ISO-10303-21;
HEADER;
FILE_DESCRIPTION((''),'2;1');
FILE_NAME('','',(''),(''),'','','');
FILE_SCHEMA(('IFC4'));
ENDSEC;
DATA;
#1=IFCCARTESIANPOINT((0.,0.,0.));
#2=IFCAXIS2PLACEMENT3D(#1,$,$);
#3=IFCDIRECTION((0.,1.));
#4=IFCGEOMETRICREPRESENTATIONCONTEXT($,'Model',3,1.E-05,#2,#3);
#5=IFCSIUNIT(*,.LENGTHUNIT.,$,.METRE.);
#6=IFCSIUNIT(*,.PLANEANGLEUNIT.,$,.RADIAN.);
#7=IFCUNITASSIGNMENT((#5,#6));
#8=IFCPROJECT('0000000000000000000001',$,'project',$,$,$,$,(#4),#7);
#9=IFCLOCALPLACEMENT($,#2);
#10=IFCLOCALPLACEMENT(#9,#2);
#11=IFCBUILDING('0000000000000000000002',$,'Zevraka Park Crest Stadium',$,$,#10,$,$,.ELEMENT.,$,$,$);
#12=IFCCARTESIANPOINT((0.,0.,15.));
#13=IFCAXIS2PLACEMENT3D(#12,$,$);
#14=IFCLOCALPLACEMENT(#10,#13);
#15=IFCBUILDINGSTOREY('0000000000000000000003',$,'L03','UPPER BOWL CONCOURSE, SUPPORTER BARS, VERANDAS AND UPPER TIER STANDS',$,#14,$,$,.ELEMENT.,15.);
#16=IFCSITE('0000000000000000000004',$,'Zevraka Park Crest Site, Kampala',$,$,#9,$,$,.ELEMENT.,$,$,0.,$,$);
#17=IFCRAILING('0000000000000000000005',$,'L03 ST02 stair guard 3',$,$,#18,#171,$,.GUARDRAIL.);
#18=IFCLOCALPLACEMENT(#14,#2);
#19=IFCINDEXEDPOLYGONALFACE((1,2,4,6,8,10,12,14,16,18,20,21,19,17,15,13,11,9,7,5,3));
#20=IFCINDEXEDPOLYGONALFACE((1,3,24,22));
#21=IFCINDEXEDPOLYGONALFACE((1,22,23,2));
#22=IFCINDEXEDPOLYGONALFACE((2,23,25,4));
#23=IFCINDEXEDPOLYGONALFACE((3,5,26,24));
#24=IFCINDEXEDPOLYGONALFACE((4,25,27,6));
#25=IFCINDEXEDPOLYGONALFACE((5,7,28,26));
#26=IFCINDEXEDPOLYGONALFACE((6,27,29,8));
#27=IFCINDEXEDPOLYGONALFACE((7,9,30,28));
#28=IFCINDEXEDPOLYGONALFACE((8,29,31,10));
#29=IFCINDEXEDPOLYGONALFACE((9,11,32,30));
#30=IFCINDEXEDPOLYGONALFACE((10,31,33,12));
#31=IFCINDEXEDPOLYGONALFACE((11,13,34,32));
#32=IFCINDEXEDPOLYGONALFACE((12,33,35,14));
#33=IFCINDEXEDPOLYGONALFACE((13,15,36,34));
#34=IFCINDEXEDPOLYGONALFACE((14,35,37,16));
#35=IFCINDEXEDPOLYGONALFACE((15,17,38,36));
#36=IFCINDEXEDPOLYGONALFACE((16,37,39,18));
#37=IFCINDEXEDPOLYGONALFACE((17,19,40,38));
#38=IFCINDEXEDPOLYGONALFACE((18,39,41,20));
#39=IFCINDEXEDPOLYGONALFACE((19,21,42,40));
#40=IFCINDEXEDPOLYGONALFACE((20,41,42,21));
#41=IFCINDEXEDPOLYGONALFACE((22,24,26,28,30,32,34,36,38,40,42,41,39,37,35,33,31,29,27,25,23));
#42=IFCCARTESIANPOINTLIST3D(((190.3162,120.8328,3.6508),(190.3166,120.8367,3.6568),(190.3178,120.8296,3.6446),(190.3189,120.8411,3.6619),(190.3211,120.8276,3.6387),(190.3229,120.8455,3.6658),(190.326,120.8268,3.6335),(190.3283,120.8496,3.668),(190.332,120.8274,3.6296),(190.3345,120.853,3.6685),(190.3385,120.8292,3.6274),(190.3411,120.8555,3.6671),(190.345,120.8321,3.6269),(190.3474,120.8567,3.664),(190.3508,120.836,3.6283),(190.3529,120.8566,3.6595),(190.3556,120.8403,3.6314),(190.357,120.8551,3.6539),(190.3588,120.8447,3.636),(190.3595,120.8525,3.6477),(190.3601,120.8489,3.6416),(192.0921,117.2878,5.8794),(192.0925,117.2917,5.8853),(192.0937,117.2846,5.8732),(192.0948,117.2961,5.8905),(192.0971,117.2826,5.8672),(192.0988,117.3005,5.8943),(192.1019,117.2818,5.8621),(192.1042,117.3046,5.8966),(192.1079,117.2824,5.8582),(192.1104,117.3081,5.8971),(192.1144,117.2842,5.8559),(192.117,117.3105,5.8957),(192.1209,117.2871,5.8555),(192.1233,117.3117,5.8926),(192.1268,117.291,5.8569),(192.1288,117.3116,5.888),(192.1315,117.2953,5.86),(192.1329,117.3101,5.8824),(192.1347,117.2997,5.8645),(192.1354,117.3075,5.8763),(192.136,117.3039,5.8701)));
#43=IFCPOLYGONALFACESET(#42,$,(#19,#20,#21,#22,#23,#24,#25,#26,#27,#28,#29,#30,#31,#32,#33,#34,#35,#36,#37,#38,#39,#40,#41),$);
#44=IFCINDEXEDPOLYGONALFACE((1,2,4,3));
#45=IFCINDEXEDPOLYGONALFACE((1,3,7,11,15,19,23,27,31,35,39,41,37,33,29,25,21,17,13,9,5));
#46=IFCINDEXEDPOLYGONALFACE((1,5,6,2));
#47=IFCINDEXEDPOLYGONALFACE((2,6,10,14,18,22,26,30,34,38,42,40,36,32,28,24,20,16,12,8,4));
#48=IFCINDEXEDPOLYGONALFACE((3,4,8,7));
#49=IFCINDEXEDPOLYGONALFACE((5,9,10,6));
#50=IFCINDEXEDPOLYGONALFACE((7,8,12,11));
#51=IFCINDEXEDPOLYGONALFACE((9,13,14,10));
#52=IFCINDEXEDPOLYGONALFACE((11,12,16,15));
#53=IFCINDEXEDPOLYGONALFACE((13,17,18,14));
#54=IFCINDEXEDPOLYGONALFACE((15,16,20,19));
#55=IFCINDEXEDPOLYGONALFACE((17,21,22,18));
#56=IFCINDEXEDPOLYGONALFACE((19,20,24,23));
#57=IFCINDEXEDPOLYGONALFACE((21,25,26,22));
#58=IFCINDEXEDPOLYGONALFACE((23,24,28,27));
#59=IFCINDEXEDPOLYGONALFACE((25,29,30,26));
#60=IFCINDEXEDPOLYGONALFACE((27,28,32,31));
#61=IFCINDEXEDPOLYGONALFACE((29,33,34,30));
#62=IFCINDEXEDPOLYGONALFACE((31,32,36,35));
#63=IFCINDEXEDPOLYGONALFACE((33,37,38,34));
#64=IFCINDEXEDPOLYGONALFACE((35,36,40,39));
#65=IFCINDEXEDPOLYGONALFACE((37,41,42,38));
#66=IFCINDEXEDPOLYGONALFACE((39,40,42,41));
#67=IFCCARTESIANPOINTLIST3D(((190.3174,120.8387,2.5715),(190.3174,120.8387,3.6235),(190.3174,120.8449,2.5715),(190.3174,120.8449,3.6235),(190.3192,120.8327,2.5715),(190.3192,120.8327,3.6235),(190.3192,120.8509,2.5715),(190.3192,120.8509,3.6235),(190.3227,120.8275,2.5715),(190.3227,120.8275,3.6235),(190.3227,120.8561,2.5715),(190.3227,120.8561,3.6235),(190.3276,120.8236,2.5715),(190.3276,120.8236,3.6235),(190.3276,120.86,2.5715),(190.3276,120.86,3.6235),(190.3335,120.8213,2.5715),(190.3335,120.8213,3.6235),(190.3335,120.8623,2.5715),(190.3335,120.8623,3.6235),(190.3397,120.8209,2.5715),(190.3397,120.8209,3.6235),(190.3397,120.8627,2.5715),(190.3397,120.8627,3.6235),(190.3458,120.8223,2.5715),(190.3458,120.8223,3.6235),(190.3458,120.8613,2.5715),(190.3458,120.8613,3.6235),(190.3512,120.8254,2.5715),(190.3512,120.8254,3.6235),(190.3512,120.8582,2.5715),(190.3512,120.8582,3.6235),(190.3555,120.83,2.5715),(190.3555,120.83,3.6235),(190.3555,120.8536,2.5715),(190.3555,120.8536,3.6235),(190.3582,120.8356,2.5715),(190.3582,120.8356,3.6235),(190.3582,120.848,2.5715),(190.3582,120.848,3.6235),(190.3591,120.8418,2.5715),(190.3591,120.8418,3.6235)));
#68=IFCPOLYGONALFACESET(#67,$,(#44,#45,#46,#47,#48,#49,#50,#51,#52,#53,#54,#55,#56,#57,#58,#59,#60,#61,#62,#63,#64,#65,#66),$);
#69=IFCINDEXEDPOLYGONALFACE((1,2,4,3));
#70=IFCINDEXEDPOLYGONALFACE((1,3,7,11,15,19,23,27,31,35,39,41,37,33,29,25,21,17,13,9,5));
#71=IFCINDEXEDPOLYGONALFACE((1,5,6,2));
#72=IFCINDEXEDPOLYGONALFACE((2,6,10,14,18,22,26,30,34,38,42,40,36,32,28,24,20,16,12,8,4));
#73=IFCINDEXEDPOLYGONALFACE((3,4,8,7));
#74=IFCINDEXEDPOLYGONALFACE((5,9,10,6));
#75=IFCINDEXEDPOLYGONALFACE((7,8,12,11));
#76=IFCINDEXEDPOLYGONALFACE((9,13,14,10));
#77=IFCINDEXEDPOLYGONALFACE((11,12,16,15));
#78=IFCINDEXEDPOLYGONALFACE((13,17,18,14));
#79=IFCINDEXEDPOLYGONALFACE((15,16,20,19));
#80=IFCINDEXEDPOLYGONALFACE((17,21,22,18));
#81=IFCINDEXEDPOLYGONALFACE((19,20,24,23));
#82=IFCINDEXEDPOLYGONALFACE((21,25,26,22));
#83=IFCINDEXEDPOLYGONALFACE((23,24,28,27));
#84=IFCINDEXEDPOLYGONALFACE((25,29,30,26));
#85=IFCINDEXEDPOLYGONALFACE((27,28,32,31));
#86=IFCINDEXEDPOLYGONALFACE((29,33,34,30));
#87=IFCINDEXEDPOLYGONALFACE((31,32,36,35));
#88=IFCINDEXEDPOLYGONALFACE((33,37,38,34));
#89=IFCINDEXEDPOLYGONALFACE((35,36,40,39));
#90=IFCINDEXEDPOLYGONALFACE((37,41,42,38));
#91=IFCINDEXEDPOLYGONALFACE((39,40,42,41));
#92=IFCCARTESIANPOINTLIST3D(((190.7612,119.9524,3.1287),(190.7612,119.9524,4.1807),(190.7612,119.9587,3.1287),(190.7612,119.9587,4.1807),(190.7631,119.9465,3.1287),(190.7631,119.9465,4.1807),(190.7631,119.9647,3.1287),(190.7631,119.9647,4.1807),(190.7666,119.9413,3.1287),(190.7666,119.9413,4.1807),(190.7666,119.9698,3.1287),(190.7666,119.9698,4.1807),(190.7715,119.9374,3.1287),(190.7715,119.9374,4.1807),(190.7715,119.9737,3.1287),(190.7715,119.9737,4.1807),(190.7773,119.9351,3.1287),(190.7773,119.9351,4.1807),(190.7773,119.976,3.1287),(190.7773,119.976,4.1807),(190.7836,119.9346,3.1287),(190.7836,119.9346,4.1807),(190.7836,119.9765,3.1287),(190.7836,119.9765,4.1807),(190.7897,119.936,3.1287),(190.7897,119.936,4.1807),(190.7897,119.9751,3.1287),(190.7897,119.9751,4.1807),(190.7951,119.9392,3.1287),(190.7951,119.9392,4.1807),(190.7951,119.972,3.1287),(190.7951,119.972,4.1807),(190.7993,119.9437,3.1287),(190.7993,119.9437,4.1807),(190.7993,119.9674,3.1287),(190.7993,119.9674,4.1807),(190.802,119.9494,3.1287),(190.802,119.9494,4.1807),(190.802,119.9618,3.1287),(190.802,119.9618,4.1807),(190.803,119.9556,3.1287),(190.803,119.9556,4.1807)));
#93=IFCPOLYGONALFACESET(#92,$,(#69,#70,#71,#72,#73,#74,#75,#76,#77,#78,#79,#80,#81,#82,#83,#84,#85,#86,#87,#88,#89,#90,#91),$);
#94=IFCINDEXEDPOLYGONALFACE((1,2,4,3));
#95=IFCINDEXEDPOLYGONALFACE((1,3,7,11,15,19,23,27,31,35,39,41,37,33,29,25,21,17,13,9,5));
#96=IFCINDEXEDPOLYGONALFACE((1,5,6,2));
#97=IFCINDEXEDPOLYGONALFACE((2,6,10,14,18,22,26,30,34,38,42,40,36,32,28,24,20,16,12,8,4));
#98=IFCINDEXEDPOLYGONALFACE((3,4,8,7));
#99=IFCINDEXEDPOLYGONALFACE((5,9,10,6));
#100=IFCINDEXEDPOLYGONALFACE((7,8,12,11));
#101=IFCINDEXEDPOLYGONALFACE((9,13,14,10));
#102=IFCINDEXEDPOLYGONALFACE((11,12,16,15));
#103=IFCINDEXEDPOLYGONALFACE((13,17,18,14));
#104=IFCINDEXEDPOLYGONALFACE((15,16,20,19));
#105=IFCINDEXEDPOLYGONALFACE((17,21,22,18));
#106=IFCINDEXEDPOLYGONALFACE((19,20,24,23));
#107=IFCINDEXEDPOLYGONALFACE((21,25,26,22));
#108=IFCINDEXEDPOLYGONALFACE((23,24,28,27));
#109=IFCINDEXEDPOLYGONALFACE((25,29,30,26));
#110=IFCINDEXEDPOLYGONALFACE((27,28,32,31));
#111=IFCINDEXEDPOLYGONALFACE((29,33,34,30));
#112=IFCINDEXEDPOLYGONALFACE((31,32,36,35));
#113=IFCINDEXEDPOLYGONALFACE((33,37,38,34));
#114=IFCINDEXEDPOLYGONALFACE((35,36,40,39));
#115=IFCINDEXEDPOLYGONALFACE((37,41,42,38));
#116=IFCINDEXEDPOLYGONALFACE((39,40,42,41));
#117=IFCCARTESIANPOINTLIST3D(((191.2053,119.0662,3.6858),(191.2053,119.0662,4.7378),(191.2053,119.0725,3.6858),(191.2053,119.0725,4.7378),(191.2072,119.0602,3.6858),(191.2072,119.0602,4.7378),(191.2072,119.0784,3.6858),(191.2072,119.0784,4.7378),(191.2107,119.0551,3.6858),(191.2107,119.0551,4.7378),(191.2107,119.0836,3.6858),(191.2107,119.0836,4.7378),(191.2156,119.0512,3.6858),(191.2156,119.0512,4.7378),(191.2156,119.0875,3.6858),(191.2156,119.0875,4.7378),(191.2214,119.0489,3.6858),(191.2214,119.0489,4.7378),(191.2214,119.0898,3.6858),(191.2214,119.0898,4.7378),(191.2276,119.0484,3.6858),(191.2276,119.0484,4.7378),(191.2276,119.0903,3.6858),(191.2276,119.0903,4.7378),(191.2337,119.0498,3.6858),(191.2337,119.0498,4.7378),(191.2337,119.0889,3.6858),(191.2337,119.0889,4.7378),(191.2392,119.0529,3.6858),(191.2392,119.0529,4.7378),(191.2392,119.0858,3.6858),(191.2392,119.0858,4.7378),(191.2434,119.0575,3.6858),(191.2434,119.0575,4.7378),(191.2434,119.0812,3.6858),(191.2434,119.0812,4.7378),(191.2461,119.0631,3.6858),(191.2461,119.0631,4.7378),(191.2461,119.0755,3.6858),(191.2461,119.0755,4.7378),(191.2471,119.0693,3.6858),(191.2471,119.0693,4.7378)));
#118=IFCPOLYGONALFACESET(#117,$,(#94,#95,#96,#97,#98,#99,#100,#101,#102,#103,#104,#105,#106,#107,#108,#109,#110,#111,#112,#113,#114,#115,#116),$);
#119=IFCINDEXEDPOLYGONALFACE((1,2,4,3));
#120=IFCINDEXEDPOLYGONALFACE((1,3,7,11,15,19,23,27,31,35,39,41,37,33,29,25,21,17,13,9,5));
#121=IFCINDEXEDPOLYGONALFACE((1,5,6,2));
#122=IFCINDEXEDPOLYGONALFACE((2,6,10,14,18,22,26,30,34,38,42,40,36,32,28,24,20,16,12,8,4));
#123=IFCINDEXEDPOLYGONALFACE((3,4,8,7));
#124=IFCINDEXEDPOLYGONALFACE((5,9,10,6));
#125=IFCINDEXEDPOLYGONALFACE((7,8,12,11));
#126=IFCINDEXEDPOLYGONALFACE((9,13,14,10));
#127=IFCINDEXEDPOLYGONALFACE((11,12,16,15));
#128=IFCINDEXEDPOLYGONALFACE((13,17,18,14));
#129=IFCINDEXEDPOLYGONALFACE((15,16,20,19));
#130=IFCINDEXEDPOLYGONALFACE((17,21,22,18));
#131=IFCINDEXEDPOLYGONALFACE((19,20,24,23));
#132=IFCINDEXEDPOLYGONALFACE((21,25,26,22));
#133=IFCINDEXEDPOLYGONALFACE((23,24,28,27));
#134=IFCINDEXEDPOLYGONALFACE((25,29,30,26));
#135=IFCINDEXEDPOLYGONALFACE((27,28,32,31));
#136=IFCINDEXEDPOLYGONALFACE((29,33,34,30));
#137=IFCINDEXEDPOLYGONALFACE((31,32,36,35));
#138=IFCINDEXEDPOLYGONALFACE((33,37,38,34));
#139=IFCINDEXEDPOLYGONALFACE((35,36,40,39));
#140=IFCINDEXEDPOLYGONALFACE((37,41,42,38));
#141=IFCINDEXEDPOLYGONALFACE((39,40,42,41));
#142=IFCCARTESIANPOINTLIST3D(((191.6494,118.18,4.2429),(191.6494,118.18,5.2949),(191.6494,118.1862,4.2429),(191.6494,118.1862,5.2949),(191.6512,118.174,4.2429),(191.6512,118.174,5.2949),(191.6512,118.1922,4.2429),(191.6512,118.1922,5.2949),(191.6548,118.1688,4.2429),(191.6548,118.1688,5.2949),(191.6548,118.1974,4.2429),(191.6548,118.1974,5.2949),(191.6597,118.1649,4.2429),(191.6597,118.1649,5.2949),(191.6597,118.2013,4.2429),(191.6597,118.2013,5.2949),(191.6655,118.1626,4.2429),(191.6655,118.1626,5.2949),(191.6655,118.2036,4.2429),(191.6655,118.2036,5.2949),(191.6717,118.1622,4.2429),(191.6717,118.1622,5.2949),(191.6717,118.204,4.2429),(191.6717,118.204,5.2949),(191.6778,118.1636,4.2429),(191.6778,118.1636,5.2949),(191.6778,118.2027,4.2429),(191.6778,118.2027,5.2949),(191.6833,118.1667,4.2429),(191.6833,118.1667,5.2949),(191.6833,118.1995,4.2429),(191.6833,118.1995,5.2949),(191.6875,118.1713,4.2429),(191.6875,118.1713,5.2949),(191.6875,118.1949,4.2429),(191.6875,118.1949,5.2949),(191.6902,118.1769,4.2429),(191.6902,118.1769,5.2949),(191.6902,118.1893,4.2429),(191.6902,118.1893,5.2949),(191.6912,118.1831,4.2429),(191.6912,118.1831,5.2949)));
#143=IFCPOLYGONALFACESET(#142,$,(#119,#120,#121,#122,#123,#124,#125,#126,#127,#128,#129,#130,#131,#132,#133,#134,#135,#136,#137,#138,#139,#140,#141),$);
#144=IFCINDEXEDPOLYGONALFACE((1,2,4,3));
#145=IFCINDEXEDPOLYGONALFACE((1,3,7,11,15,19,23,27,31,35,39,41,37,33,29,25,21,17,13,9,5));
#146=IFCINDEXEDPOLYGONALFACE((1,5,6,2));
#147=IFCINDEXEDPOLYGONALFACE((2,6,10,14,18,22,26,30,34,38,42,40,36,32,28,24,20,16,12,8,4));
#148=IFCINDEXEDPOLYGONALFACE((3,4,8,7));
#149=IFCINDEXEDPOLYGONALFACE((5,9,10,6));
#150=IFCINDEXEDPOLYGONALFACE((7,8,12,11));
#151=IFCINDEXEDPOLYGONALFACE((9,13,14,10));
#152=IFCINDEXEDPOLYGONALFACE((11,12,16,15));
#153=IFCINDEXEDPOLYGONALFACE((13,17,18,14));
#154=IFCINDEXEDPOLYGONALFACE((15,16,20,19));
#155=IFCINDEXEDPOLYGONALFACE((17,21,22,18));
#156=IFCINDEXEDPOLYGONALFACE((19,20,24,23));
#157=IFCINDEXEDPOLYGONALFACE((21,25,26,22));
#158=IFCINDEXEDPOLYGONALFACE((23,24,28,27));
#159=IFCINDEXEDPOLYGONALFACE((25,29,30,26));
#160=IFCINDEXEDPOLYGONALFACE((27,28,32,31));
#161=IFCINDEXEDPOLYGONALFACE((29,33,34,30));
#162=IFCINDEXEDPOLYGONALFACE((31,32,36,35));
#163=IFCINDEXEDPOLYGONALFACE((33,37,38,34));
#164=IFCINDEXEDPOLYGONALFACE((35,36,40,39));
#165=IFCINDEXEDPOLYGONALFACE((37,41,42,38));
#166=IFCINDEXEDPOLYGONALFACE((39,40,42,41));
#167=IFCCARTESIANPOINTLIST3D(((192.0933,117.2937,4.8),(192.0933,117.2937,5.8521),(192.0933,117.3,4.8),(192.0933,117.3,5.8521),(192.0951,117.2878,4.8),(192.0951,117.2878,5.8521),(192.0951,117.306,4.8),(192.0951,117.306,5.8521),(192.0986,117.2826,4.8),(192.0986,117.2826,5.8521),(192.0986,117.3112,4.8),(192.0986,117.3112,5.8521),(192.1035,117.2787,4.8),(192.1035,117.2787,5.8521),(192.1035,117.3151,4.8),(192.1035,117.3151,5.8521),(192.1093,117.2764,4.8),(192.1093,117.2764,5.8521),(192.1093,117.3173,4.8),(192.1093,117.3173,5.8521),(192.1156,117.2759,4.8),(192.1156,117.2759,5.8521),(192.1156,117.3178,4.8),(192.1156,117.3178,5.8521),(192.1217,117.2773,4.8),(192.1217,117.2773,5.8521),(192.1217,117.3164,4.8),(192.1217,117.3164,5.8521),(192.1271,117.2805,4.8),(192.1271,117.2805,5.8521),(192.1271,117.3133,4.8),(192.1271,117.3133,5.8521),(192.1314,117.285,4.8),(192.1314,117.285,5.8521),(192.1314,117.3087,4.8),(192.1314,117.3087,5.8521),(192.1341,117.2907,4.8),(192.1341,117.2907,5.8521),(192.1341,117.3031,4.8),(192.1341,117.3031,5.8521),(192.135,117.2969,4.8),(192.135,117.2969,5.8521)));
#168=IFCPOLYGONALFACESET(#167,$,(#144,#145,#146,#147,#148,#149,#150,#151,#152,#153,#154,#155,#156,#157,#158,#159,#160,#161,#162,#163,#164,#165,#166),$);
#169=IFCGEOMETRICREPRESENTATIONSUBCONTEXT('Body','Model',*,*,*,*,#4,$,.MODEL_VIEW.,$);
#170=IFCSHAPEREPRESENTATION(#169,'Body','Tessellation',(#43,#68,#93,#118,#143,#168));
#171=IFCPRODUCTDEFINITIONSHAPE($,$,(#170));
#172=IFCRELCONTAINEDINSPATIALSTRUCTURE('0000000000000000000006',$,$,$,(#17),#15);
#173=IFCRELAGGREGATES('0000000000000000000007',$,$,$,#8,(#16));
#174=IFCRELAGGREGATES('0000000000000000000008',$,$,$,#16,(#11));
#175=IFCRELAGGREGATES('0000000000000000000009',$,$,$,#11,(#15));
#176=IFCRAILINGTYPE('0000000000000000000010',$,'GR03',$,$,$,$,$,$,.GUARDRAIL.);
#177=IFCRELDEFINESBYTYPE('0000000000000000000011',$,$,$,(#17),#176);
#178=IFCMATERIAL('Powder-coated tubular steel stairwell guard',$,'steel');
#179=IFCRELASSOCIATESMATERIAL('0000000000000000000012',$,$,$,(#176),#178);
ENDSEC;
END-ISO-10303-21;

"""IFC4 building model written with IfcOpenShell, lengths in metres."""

from ifc_helpers import new_model, si_unit, direction, frame, origin, origin_2d, place, context, subcontext, project, spatial, circle, extrude, material, type_object, element, save


model = new_model("IFC4")

# Units and contexts
model_context = context("Model", 3, precision=1e-05, world=origin(), true_north=direction((0.0, 1.0)))
body_context = subcontext(model_context, "Body", "Model", "MODEL_VIEW")
ifc_project = project(units=[si_unit("LENGTHUNIT", "METRE"), si_unit("PLANEANGLEUNIT", "RADIAN")], contexts=[model_context])

# Site, building, storey
site_placement = place(None, origin())
site = spatial("IfcSite", under=ifc_project, at=site_placement, Name="Zevraka Park Crest Site, Kampala", CompositionType="ELEMENT", RefElevation=0.0)
building_placement = place(site_placement, origin())
building = spatial("IfcBuilding", under=site, at=building_placement, Name="Zevraka Park Crest Stadium", CompositionType="ELEMENT")
storey_placement = place(building_placement, frame((0.0, 0.0, 15.0)))
storey = spatial("IfcBuildingStorey", under=building, at=storey_placement, Name="L03", Description="UPPER BOWL CONCOURSE, SUPPORTER BARS, VERANDAS AND UPPER TIER STANDS", CompositionType="ELEMENT", Elevation=15.0)

# Railing
ifc_material_1 = material(Name="Powder-coated tubular steel stairwell guard", Category="steel")
railing_type_1 = type_object("IfcRailingType", Name="GR03", PredefinedType="GUARDRAIL", material=ifc_material_1)
railing_1_placement = place(storey_placement, frame((190.3381, 120.8418, 2.5715)))
element("IfcRailing", 1, at=railing_1_placement, inside=storey, type_object=railing_type_1, Name="L03 ST02 stair guard 3", PredefinedType="GUARDRAIL", context=body_context, shape_type="SweptSolid", body=[
    extrude(circle(Radius=0.0239, at=origin_2d()), frame((0.0, 0.0, 1.0762), z_axis=(0.390454, -0.779405, 0.489973), x_axis=(0.894082, 0.447903, 0.0)), (0.0, 0.0, 1.0), 4.5483),
    extrude(circle(Radius=0.021, at=origin_2d()), origin(), (0.0, 0.0, 1.0), 1.052),
    extrude(circle(Radius=0.021, at=origin_2d()), frame((0.4438, -0.8862, 0.5571)), (0.0, 0.0, 1.0), 1.052),
    extrude(circle(Radius=0.021, at=origin_2d()), frame((0.8879, -1.7725, 1.1143)), (0.0, 0.0, 1.0), 1.052),
    extrude(circle(Radius=0.021, at=origin_2d()), frame((1.332, -2.6587, 1.6714)), (0.0, 0.0, 1.0), 1.052),
    extrude(circle(Radius=0.021, at=origin_2d()), frame((1.7759, -3.5449, 2.2285)), (0.0, 0.0, 1.0), 1.052),
])

save(model, "model.ifc")
